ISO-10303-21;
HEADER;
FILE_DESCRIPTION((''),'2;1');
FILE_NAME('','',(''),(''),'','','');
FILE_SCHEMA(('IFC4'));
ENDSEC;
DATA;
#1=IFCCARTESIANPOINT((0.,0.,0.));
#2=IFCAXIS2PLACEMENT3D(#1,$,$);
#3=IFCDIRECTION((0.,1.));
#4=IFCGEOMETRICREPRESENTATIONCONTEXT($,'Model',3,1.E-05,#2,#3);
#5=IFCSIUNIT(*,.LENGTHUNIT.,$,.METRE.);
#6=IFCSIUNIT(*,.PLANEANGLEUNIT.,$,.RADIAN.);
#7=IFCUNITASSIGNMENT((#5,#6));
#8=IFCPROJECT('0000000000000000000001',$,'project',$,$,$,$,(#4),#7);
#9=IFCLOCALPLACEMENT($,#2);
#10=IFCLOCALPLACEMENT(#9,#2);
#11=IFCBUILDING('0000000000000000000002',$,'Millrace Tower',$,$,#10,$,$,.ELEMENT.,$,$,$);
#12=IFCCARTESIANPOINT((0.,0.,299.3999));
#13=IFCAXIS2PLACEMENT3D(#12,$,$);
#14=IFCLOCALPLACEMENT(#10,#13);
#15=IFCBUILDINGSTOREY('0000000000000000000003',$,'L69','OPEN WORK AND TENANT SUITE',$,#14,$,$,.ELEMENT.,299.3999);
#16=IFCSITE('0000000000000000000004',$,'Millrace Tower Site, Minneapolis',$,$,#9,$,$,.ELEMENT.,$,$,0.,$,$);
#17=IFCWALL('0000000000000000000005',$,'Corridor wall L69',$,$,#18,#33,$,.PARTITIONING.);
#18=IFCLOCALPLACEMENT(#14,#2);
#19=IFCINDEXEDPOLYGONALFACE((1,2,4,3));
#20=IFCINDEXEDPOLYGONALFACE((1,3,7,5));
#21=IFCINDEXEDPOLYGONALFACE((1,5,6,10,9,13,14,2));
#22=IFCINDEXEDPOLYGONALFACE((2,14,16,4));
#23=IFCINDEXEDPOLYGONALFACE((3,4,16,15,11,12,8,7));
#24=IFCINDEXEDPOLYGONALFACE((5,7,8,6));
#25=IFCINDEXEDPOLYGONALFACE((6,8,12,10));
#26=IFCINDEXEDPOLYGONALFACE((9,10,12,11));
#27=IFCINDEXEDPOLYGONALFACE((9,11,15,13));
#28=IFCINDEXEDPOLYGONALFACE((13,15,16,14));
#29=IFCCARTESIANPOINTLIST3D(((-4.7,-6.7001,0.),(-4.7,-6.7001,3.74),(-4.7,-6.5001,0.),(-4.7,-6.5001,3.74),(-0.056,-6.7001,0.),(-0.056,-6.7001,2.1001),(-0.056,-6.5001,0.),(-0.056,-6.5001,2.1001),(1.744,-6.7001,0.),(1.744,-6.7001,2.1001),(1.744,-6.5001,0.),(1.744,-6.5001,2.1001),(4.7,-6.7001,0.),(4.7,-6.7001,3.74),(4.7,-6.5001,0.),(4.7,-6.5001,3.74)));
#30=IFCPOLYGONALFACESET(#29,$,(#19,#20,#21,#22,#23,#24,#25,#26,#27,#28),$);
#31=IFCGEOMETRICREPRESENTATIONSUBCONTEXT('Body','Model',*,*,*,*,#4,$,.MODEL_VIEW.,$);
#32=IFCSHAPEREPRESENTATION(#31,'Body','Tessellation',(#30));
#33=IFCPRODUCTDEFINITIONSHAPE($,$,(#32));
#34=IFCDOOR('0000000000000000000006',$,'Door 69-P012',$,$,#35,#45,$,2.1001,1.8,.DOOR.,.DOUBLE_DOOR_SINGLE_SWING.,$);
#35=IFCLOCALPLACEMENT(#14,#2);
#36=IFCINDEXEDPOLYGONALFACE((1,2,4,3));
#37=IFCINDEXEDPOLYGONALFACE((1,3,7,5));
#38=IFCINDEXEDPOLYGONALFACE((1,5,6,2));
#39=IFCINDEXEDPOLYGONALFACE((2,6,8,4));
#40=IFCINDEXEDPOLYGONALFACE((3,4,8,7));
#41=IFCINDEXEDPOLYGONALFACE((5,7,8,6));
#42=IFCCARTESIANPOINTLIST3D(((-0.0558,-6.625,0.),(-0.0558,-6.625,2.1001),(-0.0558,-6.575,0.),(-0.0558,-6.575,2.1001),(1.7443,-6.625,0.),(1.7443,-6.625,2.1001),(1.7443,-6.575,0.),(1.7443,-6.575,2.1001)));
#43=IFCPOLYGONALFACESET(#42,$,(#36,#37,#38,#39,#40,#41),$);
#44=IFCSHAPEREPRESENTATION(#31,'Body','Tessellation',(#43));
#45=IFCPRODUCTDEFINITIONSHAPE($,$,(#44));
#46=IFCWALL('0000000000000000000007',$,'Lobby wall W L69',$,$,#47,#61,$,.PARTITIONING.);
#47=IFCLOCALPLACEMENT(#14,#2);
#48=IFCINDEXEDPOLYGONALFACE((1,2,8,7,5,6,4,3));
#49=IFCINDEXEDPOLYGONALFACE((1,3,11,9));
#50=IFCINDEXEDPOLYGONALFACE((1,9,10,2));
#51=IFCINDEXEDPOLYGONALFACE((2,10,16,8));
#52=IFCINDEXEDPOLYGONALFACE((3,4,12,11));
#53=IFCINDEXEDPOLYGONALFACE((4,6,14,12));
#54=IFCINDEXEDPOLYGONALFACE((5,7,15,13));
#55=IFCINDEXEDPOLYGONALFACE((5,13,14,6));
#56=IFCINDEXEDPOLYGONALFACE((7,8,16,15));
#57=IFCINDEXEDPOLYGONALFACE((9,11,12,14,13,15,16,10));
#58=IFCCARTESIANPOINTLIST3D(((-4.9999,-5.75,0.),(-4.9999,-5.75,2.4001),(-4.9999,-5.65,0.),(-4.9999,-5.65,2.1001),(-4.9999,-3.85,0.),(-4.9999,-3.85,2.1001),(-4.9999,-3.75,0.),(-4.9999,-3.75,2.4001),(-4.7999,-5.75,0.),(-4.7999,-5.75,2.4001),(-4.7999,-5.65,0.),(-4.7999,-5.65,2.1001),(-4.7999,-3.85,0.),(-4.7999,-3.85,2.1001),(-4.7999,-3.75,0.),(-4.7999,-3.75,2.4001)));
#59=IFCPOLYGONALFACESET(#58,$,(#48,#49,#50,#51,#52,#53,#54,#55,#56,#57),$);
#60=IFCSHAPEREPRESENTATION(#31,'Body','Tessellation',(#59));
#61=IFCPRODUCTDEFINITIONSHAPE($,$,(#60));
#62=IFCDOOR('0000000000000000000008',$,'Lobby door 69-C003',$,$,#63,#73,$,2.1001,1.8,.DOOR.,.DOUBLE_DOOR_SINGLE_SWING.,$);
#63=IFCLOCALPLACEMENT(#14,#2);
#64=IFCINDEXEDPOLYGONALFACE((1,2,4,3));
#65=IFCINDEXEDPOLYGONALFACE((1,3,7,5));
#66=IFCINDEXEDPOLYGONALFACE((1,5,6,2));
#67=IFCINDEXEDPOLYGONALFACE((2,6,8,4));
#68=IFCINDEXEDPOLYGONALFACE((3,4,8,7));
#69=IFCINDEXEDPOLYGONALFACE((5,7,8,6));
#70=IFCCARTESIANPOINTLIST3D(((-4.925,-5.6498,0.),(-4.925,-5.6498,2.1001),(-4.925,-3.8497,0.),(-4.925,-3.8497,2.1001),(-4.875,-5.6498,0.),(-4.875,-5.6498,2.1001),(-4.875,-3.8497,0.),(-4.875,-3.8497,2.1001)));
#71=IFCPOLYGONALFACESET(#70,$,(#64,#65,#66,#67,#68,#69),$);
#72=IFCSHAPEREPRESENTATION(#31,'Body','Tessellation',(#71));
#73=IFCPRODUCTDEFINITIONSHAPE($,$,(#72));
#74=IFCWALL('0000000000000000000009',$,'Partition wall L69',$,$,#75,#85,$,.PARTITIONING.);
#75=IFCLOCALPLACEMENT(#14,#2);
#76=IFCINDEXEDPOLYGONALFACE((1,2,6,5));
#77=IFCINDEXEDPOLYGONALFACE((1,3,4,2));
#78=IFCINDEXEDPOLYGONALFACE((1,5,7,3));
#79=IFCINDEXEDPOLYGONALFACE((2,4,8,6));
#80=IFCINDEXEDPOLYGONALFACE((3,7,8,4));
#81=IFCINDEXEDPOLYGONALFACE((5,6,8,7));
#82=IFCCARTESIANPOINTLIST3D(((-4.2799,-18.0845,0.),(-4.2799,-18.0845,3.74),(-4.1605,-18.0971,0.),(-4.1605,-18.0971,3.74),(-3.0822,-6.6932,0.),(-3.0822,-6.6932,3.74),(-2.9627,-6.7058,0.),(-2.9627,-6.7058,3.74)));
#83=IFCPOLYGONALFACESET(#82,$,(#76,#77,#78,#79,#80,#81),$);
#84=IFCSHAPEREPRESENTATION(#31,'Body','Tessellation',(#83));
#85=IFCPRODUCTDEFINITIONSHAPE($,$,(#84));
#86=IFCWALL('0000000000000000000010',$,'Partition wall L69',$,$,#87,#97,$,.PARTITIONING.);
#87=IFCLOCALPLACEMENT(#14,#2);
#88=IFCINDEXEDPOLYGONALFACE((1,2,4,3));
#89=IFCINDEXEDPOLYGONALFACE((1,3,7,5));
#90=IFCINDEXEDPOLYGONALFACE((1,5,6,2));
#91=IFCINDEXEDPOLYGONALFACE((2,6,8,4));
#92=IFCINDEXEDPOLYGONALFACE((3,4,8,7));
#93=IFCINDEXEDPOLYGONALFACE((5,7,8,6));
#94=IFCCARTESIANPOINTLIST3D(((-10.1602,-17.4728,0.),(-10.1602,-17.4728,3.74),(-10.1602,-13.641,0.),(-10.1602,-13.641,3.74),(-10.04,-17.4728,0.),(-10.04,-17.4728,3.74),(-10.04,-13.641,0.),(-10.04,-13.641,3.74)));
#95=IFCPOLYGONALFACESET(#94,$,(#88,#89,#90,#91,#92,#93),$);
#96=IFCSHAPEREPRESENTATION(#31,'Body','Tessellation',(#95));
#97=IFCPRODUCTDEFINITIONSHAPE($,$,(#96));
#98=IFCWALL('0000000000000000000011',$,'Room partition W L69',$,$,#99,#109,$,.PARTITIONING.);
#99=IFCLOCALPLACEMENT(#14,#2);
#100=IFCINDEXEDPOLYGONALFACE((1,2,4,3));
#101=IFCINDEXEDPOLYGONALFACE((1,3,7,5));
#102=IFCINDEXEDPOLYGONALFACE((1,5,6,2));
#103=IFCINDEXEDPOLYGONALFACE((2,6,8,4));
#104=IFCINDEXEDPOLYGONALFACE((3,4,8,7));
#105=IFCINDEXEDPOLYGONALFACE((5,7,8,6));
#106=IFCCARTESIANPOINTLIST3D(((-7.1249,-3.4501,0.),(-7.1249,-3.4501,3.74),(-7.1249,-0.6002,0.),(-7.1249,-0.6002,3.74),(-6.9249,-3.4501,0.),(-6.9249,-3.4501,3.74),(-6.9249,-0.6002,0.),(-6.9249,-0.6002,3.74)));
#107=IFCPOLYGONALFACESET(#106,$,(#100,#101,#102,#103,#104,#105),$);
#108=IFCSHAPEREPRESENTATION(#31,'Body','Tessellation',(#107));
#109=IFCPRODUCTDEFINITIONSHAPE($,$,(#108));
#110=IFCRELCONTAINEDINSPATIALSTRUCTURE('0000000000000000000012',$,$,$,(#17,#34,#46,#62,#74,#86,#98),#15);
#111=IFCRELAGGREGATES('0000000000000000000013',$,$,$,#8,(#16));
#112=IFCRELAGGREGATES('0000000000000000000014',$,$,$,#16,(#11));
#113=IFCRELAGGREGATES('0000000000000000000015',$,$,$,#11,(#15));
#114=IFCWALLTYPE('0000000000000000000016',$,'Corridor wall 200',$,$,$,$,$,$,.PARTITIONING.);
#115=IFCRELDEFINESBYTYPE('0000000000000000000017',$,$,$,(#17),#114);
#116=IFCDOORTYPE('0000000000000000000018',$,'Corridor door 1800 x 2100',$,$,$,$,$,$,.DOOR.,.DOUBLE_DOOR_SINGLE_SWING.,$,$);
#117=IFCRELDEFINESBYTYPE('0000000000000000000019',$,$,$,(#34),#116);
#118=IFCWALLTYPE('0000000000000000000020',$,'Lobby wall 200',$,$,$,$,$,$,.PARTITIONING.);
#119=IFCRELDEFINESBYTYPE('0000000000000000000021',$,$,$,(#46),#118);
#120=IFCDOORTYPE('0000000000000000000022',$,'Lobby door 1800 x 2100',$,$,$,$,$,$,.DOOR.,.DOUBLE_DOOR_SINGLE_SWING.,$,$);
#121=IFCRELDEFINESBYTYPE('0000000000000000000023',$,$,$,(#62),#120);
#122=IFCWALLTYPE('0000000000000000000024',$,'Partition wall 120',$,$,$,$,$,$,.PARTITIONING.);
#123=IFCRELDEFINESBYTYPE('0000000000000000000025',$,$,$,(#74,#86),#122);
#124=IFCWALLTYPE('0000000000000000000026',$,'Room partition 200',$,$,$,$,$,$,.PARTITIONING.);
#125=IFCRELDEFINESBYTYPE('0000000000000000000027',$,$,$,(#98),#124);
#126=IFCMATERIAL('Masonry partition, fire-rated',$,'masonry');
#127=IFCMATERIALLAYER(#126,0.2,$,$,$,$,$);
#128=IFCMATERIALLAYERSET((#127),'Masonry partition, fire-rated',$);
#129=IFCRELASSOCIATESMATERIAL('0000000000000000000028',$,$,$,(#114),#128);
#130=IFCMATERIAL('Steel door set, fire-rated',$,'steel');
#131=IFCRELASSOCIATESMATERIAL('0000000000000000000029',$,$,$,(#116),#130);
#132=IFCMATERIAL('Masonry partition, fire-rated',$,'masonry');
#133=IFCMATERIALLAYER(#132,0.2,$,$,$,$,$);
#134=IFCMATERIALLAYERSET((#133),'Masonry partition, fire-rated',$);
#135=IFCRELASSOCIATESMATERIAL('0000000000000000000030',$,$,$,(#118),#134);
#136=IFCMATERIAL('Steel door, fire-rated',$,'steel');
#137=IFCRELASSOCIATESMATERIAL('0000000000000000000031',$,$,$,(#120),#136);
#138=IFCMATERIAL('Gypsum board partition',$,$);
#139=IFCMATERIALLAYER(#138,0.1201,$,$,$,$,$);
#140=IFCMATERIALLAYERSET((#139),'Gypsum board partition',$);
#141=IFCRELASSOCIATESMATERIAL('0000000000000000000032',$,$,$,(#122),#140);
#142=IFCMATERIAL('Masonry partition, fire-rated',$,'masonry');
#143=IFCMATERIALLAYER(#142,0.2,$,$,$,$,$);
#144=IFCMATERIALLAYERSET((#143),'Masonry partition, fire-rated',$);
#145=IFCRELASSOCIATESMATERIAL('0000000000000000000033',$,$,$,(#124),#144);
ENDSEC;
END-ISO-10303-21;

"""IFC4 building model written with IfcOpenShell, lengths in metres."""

from ifc_helpers import new_model, si_unit, direction, frame, frame_2d, origin, place, context, subcontext, project, spatial, rectangle, extrude, material, layer, layer_set, type_object, element, fill, save


model = new_model("IFC4")

# Units and contexts
model_context = context("Model", 3, precision=1e-05, world=origin(), true_north=direction((0.0, 1.0)))
body_context = subcontext(model_context, "Body", "Model", "MODEL_VIEW")
ifc_project = project(units=[si_unit("LENGTHUNIT", "METRE"), si_unit("PLANEANGLEUNIT", "RADIAN")], contexts=[model_context])

# Site, building, storey
site_placement = place(None, origin())
site = spatial("IfcSite", under=ifc_project, at=site_placement, Name="Millrace Tower Site, Minneapolis", CompositionType="ELEMENT", RefElevation=0.0)
building_placement = place(site_placement, origin())
building = spatial("IfcBuilding", under=site, at=building_placement, Name="Millrace Tower", CompositionType="ELEMENT")
storey_placement = place(building_placement, frame((0.0, 0.0, 299.3999)))
storey = spatial("IfcBuildingStorey", under=building, at=storey_placement, Name="L69", Description="OPEN WORK AND TENANT SUITE", CompositionType="ELEMENT", Elevation=299.3999)

# Walls, openings, doors
ifc_material_1 = material(Name="Masonry partition, fire-rated", Category="masonry")
ifc_layer_1 = layer(ifc_material_1, 0.2)
ifc_layer_set_1 = layer_set([ifc_layer_1], Name="Masonry partition, fire-rated")
wall_type_1 = type_object("IfcWallType", Name="Corridor wall 200", PredefinedType="PARTITIONING", material=ifc_layer_set_1)
wall_1_placement = place(storey_placement, frame((-4.7, -6.6001, 0.0), z_axis=(0.0, 0.0, 1.0), x_axis=(1.0, 0.0, 0.0)))
wall_1 = element("IfcWall", 1, at=wall_1_placement, inside=storey, type_object=wall_type_1, Name="Corridor wall L69", PredefinedType="PARTITIONING", context=body_context, shape_type="SweptSolid", body=[
    extrude(rectangle(XDim=9.3999, YDim=0.2, at=frame_2d((4.7, 0.0))), origin(), (0.0, 0.0, 1.0), 3.74),
])
opening_1_placement = place(wall_1_placement, frame((4.644, 0.0, 0.0)))
opening_1 = element("IfcOpeningElement", 2, at=opening_1_placement, cuts=wall_1, PredefinedType="OPENING", context=body_context, shape_type="SweptSolid", body=[
    extrude(rectangle(XDim=1.8, YDim=2.1001, at=frame_2d((0.8999, 1.05))), frame((0.0, 0.1099, 0.0), z_axis=(0.0, -1.0, 0.0), x_axis=(1.0, 0.0, 0.0)), (0.0, 0.0, 1.0), 0.22),
])
ifc_material_2 = material(Name="Steel door set, fire-rated", Category="steel")
door_type_1 = type_object("IfcDoorType", Name="Corridor door 1800 x 2100", OperationType="DOUBLE_DOOR_SINGLE_SWING", PredefinedType="DOOR", material=ifc_material_2)
door_1_placement = place(opening_1_placement, frame((1.8, 0.0, 0.0), z_axis=(0.0, 0.0, 1.0), x_axis=(-1.0, 0.0, 0.0)))
door_1 = element("IfcDoor", 3, at=door_1_placement, inside=storey, type_object=door_type_1, Name="Door 69-P012", OperationType="DOUBLE_DOOR_SINGLE_SWING", OverallHeight=2.1001, OverallWidth=1.8, PredefinedType="DOOR", context=body_context, shape_type="SweptSolid", body=[
    extrude(rectangle(XDim=1.8, YDim=2.1001, at=frame_2d((0.8999, 1.05))), frame((0.0, 0.0249, 0.0), z_axis=(0.0, -1.0, 0.0), x_axis=(1.0, 0.0, 0.0)), (0.0, 0.0, 1.0), 0.05),
])
fill(opening_1, door_1)
ifc_material_3 = material(Name="Masonry partition, fire-rated", Category="masonry")
ifc_layer_2 = layer(ifc_material_3, 0.2)
ifc_layer_set_2 = layer_set([ifc_layer_2], Name="Masonry partition, fire-rated")
wall_type_2 = type_object("IfcWallType", Name="Lobby wall 200", PredefinedType="PARTITIONING", material=ifc_layer_set_2)
wall_2_placement = place(storey_placement, frame((-4.8999, -5.75, 0.0), z_axis=(0.0, 0.0, 1.0), x_axis=(0.0, 1.0, 0.0)))
wall_2 = element("IfcWall", 4, at=wall_2_placement, inside=storey, type_object=wall_type_2, Name="Lobby wall W L69", PredefinedType="PARTITIONING", context=body_context, shape_type="SweptSolid", body=[
    extrude(rectangle(XDim=2.0, YDim=0.2, at=frame_2d((1.0, 0.0))), origin(), (0.0, 0.0, 1.0), 2.4001),
])
opening_2_placement = place(wall_2_placement, frame((0.1001, 0.0, 0.0)))
opening_2 = element("IfcOpeningElement", 5, at=opening_2_placement, cuts=wall_2, PredefinedType="OPENING", context=body_context, shape_type="SweptSolid", body=[
    extrude(rectangle(XDim=1.8, YDim=2.1001, at=frame_2d((0.8999, 1.05))), frame((0.0, 0.1099, 0.0), z_axis=(0.0, -1.0, 0.0), x_axis=(1.0, 0.0, 0.0)), (0.0, 0.0, 1.0), 0.22),
])
ifc_material_4 = material(Name="Steel door, fire-rated", Category="steel")
door_type_2 = type_object("IfcDoorType", Name="Lobby door 1800 x 2100", OperationType="DOUBLE_DOOR_SINGLE_SWING", PredefinedType="DOOR", material=ifc_material_4)
door_2_placement = place(opening_2_placement, frame((1.8, 0.0, 0.0), z_axis=(0.0, 0.0, 1.0), x_axis=(-1.0, 0.0, 0.0)))
door_2 = element("IfcDoor", 6, at=door_2_placement, inside=storey, type_object=door_type_2, Name="Lobby door 69-C003", OperationType="DOUBLE_DOOR_SINGLE_SWING", OverallHeight=2.1001, OverallWidth=1.8, PredefinedType="DOOR", context=body_context, shape_type="SweptSolid", body=[
    extrude(rectangle(XDim=1.8, YDim=2.1001, at=frame_2d((0.8999, 1.05))), frame((0.0, 0.0249, 0.0), z_axis=(0.0, -1.0, 0.0), x_axis=(1.0, 0.0, 0.0)), (0.0, 0.0, 1.0), 0.05),
])
fill(opening_2, door_2)

# Walls
ifc_material_5 = material(Name="Gypsum board partition")
ifc_layer_3 = layer(ifc_material_5, 0.1201)
ifc_layer_set_3 = layer_set([ifc_layer_3], Name="Gypsum board partition")
wall_type_3 = type_object("IfcWallType", Name="Partition wall 120", PredefinedType="PARTITIONING", material=ifc_layer_set_3)
wall_3_placement = place(storey_placement, frame((-4.2202, -18.0908, 0.0), z_axis=(0.0, 0.0, 1.0), x_axis=(0.104569, 0.994518, 0.0)))
element("IfcWall", 7, at=wall_3_placement, inside=storey, type_object=wall_type_3, Name="Partition wall L69", PredefinedType="PARTITIONING", context=body_context, shape_type="SweptSolid", body=[
    extrude(rectangle(XDim=11.4541, YDim=0.1201, at=frame_2d((5.7271, 0.0))), origin(), (0.0, 0.0, 1.0), 3.74),
])
wall_4_placement = place(storey_placement, frame((-10.1001, -17.4729, 0.0), z_axis=(0.0, 0.0, 1.0), x_axis=(0.0, 1.0, 0.0)))
element("IfcWall", 8, at=wall_4_placement, inside=storey, type_object=wall_type_3, Name="Partition wall L69", PredefinedType="PARTITIONING", context=body_context, shape_type="SweptSolid", body=[
    extrude(rectangle(XDim=3.8318, YDim=0.1201, at=frame_2d((1.916, 0.0))), origin(), (0.0, 0.0, 1.0), 3.74),
])
ifc_material_6 = material(Name="Masonry partition, fire-rated", Category="masonry")
ifc_layer_4 = layer(ifc_material_6, 0.2)
ifc_layer_set_4 = layer_set([ifc_layer_4], Name="Masonry partition, fire-rated")
wall_type_4 = type_object("IfcWallType", Name="Room partition 200", PredefinedType="PARTITIONING", material=ifc_layer_set_4)
wall_5_placement = place(storey_placement, frame((-7.0249, -3.45, 0.0), z_axis=(0.0, 0.0, 1.0), x_axis=(0.0, 1.0, 0.0)))
element("IfcWall", 9, at=wall_5_placement, inside=storey, type_object=wall_type_4, Name="Room partition W L69", PredefinedType="PARTITIONING", context=body_context, shape_type="SweptSolid", body=[
    extrude(rectangle(XDim=2.8499, YDim=0.2, at=frame_2d((1.4248, 0.0))), origin(), (0.0, 0.0, 1.0), 3.74),
])

save(model, "model.ifc")
